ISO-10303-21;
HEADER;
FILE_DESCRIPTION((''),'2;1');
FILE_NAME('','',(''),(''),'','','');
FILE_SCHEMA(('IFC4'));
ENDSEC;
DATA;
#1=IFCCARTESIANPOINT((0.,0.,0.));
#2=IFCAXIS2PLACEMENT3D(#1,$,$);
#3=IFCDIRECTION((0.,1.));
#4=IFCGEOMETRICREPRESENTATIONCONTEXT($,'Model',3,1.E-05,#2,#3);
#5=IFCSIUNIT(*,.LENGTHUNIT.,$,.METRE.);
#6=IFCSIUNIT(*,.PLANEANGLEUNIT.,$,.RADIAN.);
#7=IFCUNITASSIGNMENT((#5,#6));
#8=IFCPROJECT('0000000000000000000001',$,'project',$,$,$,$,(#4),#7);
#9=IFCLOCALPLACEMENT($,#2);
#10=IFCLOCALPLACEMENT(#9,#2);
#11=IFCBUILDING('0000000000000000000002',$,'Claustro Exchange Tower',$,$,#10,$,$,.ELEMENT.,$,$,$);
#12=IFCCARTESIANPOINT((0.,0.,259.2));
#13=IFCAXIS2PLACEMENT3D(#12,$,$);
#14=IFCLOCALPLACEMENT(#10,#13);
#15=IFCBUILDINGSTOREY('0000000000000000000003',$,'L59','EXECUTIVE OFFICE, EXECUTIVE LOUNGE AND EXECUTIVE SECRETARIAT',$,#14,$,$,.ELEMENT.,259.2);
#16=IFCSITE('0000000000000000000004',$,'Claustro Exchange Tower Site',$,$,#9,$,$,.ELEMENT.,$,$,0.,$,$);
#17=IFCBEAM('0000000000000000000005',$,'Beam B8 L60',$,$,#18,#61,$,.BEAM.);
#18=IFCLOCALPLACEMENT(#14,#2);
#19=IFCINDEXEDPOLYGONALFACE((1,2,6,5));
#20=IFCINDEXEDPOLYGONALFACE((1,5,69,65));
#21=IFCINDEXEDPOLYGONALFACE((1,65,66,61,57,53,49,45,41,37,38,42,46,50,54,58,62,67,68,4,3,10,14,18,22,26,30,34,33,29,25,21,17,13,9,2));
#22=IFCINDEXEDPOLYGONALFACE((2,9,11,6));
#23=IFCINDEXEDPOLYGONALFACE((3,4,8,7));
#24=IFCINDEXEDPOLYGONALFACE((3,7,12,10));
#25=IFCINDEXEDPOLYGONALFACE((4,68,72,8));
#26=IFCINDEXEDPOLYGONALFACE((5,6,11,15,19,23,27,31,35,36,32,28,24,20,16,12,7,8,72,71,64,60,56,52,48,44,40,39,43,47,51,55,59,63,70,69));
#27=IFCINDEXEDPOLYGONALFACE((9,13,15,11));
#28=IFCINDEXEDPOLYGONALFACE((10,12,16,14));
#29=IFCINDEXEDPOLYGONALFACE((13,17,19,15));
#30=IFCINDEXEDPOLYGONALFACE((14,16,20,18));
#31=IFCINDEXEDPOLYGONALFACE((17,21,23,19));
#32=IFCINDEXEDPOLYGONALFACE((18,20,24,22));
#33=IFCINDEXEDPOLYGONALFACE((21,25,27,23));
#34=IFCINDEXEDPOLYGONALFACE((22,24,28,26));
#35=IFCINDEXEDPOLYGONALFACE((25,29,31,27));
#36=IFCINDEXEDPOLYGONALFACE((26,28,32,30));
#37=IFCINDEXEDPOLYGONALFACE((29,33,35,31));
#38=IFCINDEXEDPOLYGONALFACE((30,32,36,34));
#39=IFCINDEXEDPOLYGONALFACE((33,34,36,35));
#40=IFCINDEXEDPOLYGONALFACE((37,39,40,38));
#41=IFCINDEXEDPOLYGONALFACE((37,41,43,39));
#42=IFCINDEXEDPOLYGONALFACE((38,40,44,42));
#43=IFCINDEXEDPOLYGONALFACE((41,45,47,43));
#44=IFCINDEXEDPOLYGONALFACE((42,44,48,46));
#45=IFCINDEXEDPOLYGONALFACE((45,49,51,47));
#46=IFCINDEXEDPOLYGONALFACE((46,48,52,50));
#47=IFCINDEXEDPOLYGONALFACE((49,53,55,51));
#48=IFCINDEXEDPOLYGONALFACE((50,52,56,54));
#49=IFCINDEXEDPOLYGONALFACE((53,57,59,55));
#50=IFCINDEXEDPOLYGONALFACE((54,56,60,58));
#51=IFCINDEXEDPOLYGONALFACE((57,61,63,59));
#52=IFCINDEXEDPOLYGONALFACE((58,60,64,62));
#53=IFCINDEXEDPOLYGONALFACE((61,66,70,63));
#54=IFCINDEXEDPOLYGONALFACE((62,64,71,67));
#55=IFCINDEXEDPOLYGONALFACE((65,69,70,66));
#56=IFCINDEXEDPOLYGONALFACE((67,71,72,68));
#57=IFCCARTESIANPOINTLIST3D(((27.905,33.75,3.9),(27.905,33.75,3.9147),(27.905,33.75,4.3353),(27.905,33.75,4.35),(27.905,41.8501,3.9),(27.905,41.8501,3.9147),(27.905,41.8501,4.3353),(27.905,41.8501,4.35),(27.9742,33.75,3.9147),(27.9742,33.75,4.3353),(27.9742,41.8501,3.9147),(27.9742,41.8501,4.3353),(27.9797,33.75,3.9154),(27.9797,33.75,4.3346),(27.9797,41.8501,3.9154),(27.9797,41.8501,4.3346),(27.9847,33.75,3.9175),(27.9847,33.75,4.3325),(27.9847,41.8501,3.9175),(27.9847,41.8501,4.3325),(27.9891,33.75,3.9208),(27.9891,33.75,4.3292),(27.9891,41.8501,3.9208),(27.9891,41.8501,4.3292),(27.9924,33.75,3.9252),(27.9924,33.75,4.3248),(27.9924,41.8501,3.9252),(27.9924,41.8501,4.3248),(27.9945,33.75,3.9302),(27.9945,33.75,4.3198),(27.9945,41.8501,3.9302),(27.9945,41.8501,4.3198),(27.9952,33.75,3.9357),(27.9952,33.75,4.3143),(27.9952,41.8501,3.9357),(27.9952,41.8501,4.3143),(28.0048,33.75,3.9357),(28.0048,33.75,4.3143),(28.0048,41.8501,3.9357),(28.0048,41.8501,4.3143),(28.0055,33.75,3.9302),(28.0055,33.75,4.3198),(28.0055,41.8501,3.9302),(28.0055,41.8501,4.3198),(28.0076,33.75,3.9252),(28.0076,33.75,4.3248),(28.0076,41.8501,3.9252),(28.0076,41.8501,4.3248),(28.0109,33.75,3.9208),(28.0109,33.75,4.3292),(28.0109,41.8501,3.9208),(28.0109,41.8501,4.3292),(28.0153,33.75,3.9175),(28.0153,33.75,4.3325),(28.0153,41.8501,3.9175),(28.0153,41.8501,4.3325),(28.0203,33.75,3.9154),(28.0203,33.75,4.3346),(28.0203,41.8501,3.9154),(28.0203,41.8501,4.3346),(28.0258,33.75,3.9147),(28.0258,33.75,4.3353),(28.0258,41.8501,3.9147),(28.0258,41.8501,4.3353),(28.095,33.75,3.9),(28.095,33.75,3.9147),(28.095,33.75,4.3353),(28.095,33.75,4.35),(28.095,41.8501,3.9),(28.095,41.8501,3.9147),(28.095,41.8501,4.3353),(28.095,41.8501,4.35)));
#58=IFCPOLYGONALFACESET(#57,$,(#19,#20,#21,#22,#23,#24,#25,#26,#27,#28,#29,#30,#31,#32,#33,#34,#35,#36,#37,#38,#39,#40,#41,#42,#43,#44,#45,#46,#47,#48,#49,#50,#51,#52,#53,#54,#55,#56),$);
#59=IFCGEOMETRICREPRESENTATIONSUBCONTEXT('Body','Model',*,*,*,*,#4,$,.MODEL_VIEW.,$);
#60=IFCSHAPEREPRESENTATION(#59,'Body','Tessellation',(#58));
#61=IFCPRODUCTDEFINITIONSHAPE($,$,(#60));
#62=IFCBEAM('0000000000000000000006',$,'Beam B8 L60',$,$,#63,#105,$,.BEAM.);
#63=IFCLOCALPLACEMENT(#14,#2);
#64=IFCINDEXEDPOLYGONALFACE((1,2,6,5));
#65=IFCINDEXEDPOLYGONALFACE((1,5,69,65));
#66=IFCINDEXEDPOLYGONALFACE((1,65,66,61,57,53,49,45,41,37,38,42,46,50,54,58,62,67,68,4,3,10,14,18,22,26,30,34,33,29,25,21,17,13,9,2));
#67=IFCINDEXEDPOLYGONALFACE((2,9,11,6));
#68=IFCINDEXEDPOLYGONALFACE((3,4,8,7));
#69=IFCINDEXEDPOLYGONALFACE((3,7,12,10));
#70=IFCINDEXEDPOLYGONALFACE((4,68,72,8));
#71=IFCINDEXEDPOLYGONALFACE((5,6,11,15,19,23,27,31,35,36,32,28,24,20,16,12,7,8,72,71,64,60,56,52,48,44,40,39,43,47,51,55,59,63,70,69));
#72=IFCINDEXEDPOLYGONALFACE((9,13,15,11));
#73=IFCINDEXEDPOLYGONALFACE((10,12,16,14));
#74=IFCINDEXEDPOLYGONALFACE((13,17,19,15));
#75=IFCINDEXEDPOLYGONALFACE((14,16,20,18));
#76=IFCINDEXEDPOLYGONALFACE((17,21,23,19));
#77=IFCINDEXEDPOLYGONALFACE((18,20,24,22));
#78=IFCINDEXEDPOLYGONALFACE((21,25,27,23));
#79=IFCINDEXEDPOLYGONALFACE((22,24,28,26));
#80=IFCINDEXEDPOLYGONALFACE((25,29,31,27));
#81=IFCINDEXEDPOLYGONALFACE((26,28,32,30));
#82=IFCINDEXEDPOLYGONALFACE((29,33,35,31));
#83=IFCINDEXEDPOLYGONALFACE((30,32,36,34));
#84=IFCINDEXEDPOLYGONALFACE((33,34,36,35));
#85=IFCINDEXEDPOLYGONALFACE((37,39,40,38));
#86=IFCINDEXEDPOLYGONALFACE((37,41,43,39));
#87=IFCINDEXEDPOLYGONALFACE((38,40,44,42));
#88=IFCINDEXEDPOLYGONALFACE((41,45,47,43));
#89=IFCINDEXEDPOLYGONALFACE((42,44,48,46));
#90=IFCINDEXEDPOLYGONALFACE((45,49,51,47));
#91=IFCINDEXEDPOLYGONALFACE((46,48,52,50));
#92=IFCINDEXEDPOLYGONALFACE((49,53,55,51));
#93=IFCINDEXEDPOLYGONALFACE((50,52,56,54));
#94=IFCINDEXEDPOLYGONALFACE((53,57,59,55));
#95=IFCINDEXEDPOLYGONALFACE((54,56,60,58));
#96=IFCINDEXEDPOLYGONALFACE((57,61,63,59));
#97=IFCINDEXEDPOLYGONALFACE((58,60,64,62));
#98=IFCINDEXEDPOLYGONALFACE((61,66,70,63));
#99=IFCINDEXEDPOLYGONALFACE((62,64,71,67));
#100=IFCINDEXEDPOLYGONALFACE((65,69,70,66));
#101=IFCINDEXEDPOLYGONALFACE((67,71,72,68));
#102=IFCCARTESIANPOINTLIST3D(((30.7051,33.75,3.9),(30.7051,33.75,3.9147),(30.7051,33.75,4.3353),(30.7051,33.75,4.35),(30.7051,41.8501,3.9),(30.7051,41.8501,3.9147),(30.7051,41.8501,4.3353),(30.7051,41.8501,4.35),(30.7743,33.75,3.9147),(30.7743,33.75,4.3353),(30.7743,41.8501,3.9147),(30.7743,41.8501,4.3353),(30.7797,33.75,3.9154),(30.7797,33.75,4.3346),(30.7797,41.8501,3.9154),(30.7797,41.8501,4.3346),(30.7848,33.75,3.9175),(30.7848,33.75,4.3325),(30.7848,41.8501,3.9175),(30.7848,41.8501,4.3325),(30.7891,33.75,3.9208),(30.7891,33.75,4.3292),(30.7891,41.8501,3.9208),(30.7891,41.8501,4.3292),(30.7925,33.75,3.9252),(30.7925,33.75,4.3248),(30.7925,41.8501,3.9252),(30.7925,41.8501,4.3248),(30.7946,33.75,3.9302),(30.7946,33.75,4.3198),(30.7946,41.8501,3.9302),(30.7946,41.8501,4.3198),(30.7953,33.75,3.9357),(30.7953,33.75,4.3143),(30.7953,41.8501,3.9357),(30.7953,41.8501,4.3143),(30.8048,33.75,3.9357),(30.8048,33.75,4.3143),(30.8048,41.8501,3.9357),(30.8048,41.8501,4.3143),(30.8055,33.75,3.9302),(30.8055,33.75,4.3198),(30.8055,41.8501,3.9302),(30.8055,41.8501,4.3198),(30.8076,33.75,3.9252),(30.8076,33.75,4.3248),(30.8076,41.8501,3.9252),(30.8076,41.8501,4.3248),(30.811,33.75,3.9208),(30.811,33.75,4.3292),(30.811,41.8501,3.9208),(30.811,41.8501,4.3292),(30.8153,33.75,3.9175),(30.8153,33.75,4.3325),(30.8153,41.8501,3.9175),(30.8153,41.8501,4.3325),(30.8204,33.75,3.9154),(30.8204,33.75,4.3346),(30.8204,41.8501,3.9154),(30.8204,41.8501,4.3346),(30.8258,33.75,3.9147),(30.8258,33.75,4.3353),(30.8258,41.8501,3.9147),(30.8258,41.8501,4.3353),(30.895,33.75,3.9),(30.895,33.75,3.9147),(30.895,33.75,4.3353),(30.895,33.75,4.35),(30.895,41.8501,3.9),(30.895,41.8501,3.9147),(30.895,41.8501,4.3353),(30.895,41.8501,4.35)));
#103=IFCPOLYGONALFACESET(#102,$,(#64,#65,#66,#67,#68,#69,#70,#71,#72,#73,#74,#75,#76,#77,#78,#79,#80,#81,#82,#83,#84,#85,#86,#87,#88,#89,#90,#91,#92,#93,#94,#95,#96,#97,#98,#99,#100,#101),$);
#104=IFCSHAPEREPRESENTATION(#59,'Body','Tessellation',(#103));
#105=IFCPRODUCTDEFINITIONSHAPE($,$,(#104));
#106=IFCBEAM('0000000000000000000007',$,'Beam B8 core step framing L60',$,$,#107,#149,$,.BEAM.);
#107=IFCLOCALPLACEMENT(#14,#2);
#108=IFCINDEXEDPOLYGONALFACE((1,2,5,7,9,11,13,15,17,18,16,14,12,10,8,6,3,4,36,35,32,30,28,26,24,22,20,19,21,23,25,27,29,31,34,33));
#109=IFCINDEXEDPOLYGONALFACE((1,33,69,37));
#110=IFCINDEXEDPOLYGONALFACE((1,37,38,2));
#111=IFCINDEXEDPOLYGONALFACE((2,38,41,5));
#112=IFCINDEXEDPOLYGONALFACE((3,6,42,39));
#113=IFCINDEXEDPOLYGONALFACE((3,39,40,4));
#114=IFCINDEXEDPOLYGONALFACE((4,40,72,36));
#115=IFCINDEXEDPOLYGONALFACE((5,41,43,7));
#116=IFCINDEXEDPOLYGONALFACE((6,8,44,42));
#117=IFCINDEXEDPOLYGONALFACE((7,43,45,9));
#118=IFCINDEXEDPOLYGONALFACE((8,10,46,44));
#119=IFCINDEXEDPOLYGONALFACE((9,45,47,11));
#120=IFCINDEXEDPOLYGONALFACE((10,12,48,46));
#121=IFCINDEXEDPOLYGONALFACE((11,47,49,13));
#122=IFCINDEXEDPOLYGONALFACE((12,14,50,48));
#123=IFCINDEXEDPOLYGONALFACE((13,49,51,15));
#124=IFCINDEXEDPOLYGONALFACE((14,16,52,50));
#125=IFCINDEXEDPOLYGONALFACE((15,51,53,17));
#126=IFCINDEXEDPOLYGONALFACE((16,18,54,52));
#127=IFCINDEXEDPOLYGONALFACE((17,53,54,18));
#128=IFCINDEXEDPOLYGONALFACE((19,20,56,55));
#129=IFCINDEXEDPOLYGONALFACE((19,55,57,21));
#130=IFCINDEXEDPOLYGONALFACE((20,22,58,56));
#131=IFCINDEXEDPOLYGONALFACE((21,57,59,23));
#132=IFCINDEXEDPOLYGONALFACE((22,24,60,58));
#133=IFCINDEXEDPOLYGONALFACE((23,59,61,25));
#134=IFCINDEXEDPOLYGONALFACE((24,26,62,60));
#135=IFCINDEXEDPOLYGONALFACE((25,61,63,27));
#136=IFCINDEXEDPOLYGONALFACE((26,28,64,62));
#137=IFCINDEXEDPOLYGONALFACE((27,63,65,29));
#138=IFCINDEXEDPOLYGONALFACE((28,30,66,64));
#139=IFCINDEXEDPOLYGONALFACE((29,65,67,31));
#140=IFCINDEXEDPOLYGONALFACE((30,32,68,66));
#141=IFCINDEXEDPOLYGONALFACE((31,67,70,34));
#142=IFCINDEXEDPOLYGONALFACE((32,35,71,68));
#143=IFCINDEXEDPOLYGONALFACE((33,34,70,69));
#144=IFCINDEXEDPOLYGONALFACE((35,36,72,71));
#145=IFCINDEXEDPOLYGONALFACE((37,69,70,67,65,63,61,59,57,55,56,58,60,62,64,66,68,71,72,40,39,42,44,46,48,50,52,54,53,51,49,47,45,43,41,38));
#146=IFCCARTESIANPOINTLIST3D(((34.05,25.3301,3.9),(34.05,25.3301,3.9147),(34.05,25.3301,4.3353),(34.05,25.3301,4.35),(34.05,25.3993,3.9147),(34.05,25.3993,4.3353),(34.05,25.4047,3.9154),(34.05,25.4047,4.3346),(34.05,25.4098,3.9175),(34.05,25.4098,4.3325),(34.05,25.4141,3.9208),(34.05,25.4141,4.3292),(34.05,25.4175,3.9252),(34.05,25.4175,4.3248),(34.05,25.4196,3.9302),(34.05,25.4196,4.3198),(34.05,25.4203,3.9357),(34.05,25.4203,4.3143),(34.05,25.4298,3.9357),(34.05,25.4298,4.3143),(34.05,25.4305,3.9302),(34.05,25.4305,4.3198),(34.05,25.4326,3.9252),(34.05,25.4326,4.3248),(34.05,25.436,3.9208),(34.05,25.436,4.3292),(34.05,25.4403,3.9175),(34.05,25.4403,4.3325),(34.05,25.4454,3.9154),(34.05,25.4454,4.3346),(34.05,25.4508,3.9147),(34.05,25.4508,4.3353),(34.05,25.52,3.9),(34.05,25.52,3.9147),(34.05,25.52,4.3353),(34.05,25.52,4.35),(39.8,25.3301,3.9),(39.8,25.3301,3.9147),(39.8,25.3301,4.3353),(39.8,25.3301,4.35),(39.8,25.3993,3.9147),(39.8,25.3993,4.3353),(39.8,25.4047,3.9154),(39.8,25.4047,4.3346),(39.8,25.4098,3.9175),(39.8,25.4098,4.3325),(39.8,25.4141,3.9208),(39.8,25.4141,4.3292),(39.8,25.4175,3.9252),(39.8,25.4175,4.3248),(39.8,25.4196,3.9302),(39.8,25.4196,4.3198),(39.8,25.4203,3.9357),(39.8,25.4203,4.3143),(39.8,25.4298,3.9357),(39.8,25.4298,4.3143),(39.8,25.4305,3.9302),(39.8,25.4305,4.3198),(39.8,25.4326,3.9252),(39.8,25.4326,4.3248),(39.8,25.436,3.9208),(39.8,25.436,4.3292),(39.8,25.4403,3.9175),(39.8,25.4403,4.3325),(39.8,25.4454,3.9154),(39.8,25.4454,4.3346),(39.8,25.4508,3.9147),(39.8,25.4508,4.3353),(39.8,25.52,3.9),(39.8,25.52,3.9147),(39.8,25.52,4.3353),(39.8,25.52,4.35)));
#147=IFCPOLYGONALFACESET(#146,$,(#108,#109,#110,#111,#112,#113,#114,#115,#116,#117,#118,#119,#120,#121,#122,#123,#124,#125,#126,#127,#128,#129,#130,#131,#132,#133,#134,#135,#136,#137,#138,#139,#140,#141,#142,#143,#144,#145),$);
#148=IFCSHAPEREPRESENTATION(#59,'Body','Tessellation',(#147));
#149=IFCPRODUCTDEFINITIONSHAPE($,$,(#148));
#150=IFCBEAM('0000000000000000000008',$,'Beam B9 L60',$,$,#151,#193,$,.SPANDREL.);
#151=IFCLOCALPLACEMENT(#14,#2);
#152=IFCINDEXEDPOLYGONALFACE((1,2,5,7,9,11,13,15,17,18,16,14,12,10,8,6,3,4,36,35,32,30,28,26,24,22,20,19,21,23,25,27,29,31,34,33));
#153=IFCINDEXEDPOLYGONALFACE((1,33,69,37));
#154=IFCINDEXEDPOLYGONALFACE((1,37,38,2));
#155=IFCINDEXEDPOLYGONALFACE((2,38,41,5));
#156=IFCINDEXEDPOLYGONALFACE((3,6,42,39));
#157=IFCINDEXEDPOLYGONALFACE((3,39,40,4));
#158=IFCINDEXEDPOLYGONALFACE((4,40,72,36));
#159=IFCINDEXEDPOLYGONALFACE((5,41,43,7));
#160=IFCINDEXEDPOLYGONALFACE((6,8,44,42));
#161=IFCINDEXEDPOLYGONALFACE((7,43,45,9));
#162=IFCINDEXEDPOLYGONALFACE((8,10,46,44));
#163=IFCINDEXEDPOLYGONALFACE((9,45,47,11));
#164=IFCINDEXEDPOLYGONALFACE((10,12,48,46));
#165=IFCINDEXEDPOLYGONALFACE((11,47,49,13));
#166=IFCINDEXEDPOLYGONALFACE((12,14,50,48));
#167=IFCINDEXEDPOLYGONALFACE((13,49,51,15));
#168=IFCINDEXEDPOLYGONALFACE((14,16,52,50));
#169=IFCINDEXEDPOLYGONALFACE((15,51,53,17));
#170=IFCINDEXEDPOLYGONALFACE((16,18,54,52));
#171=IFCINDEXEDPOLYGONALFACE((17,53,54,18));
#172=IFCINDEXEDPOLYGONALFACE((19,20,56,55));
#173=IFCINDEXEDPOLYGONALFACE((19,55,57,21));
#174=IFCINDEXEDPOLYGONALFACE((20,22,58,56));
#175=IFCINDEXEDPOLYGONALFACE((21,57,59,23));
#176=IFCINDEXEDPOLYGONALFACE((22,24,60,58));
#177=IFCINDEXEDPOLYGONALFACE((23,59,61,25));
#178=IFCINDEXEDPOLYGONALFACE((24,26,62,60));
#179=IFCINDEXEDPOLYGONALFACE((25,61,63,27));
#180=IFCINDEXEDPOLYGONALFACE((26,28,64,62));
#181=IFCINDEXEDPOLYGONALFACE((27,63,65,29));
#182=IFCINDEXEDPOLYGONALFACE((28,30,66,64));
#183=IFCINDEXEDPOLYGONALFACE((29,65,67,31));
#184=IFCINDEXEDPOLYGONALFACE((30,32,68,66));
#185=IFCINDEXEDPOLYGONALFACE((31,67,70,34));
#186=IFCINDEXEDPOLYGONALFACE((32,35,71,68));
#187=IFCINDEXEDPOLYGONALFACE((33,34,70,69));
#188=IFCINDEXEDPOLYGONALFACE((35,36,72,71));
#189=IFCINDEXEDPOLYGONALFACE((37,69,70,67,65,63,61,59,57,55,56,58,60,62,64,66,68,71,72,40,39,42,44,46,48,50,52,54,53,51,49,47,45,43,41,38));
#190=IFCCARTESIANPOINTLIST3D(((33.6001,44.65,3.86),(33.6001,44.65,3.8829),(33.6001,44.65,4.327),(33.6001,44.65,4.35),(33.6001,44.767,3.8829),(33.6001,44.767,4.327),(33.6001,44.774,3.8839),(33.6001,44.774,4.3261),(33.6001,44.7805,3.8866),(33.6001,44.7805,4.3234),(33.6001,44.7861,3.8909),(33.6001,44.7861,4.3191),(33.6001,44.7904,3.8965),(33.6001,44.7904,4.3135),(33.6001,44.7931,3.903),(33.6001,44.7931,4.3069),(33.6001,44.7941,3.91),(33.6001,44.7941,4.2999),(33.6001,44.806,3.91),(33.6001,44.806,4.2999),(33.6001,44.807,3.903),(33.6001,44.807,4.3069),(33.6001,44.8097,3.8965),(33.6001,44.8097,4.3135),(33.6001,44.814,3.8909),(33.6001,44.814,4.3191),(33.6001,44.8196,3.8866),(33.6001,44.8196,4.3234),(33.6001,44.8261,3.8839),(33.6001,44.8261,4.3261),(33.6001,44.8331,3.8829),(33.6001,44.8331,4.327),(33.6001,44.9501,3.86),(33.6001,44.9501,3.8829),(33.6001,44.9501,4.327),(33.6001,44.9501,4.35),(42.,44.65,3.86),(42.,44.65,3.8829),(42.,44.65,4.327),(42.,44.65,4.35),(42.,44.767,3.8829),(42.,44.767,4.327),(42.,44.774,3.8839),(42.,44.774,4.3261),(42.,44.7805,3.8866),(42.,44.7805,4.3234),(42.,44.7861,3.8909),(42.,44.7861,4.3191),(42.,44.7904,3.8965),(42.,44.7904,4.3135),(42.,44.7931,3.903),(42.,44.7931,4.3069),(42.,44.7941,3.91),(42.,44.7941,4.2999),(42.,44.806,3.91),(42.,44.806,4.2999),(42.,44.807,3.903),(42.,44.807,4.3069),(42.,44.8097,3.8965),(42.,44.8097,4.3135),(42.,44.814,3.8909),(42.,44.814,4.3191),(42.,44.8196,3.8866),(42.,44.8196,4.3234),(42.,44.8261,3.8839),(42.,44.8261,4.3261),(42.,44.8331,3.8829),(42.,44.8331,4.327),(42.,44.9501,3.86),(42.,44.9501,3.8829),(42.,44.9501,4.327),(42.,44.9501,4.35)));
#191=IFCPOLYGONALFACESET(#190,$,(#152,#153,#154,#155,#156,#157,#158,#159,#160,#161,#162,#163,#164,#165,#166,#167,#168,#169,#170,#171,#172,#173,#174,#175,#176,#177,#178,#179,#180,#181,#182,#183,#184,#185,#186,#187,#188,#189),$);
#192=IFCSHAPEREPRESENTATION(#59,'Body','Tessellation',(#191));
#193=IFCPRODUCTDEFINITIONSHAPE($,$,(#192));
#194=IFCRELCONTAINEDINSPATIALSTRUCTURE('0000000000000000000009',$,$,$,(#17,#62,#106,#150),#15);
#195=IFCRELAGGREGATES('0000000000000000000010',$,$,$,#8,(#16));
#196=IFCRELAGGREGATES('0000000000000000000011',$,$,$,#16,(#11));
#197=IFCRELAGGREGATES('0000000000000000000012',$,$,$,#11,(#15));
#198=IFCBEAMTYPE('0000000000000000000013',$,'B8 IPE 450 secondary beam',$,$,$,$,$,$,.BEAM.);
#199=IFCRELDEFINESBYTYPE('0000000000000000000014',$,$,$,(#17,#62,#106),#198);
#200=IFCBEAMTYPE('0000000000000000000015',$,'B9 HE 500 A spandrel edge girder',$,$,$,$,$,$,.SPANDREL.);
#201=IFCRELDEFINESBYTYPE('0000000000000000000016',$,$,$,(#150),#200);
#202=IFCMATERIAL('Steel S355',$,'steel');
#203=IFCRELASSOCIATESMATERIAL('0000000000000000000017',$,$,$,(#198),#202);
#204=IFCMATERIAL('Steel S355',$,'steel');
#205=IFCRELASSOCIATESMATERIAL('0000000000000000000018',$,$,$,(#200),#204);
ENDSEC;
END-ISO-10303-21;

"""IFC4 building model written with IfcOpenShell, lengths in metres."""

from ifc_helpers import new_model, si_unit, direction, frame, origin, origin_2d, place, context, subcontext, project, spatial, i_section, extrude, material, material_profile, profile_set, type_object, element, save


model = new_model("IFC4")

# Units and contexts
model_context = context("Model", 3, precision=1e-05, world=origin(), true_north=direction((0.0, 1.0)))
body_context = subcontext(model_context, "Body", "Model", "MODEL_VIEW")
ifc_project = project(units=[si_unit("LENGTHUNIT", "METRE"), si_unit("PLANEANGLEUNIT", "RADIAN")], contexts=[model_context])

# Site, building, storey
site_placement = place(None, origin())
site = spatial("IfcSite", under=ifc_project, at=site_placement, Name="Claustro Exchange Tower Site", CompositionType="ELEMENT", RefElevation=0.0)
building_placement = place(site_placement, origin())
building = spatial("IfcBuilding", under=site, at=building_placement, Name="Claustro Exchange Tower", CompositionType="ELEMENT")
storey_placement = place(building_placement, frame((0.0, 0.0, 259.2)))
storey = spatial("IfcBuildingStorey", under=building, at=storey_placement, Name="L59", Description="EXECUTIVE OFFICE, EXECUTIVE LOUNGE AND EXECUTIVE SECRETARIAT", CompositionType="ELEMENT", Elevation=259.2)

# Beams
ifc_material_1 = material(Name="Steel S355", Category="steel")
ifc_material_profile_1 = material_profile(ifc_material_1, i_section(OverallWidth=0.1899, OverallDepth=0.45, WebThickness=0.0095, FlangeThickness=0.0146, FilletRadius=0.021, at=origin_2d()), Name="IPE 450")
ifc_profile_set_1 = profile_set([ifc_material_profile_1], Name="Steel S355")
beam_type_1 = type_object("IfcBeamType", Name="B8 IPE 450 secondary beam", PredefinedType="BEAM", material=ifc_profile_set_1)
for number, where, z_axis, x_axis, name in (
    (1, (28.0, 33.75, 4.125), (0.0, 1.0, 0.0), (-1.0, 0.0, 0.0), "Beam B8 L60"),
    (2, (30.8, 33.75, 4.125), (0.0, 1.0, 0.0), (-1.0, 0.0, 0.0), "Beam B8 L60"),
):
    element("IfcBeam", number, at=place(storey_placement, frame(where, z_axis=z_axis, x_axis=x_axis)), inside=storey, type_object=beam_type_1, Name=name, PredefinedType="BEAM", context=body_context, shape_type="SweptSolid", body=[
        extrude(i_section(OverallWidth=0.1899, OverallDepth=0.45, WebThickness=0.0095, FlangeThickness=0.0146, FilletRadius=0.021, at=origin_2d()), origin(), (0.0, 0.0, 1.0), 8.1001),
    ])
beam_1_placement = place(storey_placement, frame((34.05, 25.425, 4.125), z_axis=(1.0, 0.0, 0.0), x_axis=(0.0, 1.0, 0.0)))
element("IfcBeam", 3, at=beam_1_placement, inside=storey, type_object=beam_type_1, Name="Beam B8 core step framing L60", PredefinedType="BEAM", context=body_context, shape_type="SweptSolid", body=[
    extrude(i_section(OverallWidth=0.1899, OverallDepth=0.45, WebThickness=0.0095, FlangeThickness=0.0146, FilletRadius=0.021, at=origin_2d()), origin(), (0.0, 0.0, 1.0), 5.75),
])
ifc_material_2 = material(Name="Steel S355", Category="steel")
ifc_material_profile_2 = material_profile(ifc_material_2, i_section(OverallWidth=0.3, OverallDepth=0.49, WebThickness=0.012, FlangeThickness=0.0229, FilletRadius=0.0271, at=origin_2d()), Name="HE 500 A")
ifc_profile_set_2 = profile_set([ifc_material_profile_2], Name="Steel S355")
beam_type_2 = type_object("IfcBeamType", Name="B9 HE 500 A spandrel edge girder", PredefinedType="SPANDREL", material=ifc_profile_set_2)
beam_2_placement = place(storey_placement, frame((33.6001, 44.8, 4.105), z_axis=(1.0, 0.0, 0.0), x_axis=(0.0, 1.0, 0.0)))
element("IfcBeam", 4, at=beam_2_placement, inside=storey, type_object=beam_type_2, Name="Beam B9 L60", PredefinedType="SPANDREL", context=body_context, shape_type="SweptSolid", body=[
    extrude(i_section(OverallWidth=0.3, OverallDepth=0.49, WebThickness=0.012, FlangeThickness=0.0229, FilletRadius=0.0271, at=origin_2d()), origin(), (0.0, 0.0, 1.0), 8.3999),
])

save(model, "model.ifc")
